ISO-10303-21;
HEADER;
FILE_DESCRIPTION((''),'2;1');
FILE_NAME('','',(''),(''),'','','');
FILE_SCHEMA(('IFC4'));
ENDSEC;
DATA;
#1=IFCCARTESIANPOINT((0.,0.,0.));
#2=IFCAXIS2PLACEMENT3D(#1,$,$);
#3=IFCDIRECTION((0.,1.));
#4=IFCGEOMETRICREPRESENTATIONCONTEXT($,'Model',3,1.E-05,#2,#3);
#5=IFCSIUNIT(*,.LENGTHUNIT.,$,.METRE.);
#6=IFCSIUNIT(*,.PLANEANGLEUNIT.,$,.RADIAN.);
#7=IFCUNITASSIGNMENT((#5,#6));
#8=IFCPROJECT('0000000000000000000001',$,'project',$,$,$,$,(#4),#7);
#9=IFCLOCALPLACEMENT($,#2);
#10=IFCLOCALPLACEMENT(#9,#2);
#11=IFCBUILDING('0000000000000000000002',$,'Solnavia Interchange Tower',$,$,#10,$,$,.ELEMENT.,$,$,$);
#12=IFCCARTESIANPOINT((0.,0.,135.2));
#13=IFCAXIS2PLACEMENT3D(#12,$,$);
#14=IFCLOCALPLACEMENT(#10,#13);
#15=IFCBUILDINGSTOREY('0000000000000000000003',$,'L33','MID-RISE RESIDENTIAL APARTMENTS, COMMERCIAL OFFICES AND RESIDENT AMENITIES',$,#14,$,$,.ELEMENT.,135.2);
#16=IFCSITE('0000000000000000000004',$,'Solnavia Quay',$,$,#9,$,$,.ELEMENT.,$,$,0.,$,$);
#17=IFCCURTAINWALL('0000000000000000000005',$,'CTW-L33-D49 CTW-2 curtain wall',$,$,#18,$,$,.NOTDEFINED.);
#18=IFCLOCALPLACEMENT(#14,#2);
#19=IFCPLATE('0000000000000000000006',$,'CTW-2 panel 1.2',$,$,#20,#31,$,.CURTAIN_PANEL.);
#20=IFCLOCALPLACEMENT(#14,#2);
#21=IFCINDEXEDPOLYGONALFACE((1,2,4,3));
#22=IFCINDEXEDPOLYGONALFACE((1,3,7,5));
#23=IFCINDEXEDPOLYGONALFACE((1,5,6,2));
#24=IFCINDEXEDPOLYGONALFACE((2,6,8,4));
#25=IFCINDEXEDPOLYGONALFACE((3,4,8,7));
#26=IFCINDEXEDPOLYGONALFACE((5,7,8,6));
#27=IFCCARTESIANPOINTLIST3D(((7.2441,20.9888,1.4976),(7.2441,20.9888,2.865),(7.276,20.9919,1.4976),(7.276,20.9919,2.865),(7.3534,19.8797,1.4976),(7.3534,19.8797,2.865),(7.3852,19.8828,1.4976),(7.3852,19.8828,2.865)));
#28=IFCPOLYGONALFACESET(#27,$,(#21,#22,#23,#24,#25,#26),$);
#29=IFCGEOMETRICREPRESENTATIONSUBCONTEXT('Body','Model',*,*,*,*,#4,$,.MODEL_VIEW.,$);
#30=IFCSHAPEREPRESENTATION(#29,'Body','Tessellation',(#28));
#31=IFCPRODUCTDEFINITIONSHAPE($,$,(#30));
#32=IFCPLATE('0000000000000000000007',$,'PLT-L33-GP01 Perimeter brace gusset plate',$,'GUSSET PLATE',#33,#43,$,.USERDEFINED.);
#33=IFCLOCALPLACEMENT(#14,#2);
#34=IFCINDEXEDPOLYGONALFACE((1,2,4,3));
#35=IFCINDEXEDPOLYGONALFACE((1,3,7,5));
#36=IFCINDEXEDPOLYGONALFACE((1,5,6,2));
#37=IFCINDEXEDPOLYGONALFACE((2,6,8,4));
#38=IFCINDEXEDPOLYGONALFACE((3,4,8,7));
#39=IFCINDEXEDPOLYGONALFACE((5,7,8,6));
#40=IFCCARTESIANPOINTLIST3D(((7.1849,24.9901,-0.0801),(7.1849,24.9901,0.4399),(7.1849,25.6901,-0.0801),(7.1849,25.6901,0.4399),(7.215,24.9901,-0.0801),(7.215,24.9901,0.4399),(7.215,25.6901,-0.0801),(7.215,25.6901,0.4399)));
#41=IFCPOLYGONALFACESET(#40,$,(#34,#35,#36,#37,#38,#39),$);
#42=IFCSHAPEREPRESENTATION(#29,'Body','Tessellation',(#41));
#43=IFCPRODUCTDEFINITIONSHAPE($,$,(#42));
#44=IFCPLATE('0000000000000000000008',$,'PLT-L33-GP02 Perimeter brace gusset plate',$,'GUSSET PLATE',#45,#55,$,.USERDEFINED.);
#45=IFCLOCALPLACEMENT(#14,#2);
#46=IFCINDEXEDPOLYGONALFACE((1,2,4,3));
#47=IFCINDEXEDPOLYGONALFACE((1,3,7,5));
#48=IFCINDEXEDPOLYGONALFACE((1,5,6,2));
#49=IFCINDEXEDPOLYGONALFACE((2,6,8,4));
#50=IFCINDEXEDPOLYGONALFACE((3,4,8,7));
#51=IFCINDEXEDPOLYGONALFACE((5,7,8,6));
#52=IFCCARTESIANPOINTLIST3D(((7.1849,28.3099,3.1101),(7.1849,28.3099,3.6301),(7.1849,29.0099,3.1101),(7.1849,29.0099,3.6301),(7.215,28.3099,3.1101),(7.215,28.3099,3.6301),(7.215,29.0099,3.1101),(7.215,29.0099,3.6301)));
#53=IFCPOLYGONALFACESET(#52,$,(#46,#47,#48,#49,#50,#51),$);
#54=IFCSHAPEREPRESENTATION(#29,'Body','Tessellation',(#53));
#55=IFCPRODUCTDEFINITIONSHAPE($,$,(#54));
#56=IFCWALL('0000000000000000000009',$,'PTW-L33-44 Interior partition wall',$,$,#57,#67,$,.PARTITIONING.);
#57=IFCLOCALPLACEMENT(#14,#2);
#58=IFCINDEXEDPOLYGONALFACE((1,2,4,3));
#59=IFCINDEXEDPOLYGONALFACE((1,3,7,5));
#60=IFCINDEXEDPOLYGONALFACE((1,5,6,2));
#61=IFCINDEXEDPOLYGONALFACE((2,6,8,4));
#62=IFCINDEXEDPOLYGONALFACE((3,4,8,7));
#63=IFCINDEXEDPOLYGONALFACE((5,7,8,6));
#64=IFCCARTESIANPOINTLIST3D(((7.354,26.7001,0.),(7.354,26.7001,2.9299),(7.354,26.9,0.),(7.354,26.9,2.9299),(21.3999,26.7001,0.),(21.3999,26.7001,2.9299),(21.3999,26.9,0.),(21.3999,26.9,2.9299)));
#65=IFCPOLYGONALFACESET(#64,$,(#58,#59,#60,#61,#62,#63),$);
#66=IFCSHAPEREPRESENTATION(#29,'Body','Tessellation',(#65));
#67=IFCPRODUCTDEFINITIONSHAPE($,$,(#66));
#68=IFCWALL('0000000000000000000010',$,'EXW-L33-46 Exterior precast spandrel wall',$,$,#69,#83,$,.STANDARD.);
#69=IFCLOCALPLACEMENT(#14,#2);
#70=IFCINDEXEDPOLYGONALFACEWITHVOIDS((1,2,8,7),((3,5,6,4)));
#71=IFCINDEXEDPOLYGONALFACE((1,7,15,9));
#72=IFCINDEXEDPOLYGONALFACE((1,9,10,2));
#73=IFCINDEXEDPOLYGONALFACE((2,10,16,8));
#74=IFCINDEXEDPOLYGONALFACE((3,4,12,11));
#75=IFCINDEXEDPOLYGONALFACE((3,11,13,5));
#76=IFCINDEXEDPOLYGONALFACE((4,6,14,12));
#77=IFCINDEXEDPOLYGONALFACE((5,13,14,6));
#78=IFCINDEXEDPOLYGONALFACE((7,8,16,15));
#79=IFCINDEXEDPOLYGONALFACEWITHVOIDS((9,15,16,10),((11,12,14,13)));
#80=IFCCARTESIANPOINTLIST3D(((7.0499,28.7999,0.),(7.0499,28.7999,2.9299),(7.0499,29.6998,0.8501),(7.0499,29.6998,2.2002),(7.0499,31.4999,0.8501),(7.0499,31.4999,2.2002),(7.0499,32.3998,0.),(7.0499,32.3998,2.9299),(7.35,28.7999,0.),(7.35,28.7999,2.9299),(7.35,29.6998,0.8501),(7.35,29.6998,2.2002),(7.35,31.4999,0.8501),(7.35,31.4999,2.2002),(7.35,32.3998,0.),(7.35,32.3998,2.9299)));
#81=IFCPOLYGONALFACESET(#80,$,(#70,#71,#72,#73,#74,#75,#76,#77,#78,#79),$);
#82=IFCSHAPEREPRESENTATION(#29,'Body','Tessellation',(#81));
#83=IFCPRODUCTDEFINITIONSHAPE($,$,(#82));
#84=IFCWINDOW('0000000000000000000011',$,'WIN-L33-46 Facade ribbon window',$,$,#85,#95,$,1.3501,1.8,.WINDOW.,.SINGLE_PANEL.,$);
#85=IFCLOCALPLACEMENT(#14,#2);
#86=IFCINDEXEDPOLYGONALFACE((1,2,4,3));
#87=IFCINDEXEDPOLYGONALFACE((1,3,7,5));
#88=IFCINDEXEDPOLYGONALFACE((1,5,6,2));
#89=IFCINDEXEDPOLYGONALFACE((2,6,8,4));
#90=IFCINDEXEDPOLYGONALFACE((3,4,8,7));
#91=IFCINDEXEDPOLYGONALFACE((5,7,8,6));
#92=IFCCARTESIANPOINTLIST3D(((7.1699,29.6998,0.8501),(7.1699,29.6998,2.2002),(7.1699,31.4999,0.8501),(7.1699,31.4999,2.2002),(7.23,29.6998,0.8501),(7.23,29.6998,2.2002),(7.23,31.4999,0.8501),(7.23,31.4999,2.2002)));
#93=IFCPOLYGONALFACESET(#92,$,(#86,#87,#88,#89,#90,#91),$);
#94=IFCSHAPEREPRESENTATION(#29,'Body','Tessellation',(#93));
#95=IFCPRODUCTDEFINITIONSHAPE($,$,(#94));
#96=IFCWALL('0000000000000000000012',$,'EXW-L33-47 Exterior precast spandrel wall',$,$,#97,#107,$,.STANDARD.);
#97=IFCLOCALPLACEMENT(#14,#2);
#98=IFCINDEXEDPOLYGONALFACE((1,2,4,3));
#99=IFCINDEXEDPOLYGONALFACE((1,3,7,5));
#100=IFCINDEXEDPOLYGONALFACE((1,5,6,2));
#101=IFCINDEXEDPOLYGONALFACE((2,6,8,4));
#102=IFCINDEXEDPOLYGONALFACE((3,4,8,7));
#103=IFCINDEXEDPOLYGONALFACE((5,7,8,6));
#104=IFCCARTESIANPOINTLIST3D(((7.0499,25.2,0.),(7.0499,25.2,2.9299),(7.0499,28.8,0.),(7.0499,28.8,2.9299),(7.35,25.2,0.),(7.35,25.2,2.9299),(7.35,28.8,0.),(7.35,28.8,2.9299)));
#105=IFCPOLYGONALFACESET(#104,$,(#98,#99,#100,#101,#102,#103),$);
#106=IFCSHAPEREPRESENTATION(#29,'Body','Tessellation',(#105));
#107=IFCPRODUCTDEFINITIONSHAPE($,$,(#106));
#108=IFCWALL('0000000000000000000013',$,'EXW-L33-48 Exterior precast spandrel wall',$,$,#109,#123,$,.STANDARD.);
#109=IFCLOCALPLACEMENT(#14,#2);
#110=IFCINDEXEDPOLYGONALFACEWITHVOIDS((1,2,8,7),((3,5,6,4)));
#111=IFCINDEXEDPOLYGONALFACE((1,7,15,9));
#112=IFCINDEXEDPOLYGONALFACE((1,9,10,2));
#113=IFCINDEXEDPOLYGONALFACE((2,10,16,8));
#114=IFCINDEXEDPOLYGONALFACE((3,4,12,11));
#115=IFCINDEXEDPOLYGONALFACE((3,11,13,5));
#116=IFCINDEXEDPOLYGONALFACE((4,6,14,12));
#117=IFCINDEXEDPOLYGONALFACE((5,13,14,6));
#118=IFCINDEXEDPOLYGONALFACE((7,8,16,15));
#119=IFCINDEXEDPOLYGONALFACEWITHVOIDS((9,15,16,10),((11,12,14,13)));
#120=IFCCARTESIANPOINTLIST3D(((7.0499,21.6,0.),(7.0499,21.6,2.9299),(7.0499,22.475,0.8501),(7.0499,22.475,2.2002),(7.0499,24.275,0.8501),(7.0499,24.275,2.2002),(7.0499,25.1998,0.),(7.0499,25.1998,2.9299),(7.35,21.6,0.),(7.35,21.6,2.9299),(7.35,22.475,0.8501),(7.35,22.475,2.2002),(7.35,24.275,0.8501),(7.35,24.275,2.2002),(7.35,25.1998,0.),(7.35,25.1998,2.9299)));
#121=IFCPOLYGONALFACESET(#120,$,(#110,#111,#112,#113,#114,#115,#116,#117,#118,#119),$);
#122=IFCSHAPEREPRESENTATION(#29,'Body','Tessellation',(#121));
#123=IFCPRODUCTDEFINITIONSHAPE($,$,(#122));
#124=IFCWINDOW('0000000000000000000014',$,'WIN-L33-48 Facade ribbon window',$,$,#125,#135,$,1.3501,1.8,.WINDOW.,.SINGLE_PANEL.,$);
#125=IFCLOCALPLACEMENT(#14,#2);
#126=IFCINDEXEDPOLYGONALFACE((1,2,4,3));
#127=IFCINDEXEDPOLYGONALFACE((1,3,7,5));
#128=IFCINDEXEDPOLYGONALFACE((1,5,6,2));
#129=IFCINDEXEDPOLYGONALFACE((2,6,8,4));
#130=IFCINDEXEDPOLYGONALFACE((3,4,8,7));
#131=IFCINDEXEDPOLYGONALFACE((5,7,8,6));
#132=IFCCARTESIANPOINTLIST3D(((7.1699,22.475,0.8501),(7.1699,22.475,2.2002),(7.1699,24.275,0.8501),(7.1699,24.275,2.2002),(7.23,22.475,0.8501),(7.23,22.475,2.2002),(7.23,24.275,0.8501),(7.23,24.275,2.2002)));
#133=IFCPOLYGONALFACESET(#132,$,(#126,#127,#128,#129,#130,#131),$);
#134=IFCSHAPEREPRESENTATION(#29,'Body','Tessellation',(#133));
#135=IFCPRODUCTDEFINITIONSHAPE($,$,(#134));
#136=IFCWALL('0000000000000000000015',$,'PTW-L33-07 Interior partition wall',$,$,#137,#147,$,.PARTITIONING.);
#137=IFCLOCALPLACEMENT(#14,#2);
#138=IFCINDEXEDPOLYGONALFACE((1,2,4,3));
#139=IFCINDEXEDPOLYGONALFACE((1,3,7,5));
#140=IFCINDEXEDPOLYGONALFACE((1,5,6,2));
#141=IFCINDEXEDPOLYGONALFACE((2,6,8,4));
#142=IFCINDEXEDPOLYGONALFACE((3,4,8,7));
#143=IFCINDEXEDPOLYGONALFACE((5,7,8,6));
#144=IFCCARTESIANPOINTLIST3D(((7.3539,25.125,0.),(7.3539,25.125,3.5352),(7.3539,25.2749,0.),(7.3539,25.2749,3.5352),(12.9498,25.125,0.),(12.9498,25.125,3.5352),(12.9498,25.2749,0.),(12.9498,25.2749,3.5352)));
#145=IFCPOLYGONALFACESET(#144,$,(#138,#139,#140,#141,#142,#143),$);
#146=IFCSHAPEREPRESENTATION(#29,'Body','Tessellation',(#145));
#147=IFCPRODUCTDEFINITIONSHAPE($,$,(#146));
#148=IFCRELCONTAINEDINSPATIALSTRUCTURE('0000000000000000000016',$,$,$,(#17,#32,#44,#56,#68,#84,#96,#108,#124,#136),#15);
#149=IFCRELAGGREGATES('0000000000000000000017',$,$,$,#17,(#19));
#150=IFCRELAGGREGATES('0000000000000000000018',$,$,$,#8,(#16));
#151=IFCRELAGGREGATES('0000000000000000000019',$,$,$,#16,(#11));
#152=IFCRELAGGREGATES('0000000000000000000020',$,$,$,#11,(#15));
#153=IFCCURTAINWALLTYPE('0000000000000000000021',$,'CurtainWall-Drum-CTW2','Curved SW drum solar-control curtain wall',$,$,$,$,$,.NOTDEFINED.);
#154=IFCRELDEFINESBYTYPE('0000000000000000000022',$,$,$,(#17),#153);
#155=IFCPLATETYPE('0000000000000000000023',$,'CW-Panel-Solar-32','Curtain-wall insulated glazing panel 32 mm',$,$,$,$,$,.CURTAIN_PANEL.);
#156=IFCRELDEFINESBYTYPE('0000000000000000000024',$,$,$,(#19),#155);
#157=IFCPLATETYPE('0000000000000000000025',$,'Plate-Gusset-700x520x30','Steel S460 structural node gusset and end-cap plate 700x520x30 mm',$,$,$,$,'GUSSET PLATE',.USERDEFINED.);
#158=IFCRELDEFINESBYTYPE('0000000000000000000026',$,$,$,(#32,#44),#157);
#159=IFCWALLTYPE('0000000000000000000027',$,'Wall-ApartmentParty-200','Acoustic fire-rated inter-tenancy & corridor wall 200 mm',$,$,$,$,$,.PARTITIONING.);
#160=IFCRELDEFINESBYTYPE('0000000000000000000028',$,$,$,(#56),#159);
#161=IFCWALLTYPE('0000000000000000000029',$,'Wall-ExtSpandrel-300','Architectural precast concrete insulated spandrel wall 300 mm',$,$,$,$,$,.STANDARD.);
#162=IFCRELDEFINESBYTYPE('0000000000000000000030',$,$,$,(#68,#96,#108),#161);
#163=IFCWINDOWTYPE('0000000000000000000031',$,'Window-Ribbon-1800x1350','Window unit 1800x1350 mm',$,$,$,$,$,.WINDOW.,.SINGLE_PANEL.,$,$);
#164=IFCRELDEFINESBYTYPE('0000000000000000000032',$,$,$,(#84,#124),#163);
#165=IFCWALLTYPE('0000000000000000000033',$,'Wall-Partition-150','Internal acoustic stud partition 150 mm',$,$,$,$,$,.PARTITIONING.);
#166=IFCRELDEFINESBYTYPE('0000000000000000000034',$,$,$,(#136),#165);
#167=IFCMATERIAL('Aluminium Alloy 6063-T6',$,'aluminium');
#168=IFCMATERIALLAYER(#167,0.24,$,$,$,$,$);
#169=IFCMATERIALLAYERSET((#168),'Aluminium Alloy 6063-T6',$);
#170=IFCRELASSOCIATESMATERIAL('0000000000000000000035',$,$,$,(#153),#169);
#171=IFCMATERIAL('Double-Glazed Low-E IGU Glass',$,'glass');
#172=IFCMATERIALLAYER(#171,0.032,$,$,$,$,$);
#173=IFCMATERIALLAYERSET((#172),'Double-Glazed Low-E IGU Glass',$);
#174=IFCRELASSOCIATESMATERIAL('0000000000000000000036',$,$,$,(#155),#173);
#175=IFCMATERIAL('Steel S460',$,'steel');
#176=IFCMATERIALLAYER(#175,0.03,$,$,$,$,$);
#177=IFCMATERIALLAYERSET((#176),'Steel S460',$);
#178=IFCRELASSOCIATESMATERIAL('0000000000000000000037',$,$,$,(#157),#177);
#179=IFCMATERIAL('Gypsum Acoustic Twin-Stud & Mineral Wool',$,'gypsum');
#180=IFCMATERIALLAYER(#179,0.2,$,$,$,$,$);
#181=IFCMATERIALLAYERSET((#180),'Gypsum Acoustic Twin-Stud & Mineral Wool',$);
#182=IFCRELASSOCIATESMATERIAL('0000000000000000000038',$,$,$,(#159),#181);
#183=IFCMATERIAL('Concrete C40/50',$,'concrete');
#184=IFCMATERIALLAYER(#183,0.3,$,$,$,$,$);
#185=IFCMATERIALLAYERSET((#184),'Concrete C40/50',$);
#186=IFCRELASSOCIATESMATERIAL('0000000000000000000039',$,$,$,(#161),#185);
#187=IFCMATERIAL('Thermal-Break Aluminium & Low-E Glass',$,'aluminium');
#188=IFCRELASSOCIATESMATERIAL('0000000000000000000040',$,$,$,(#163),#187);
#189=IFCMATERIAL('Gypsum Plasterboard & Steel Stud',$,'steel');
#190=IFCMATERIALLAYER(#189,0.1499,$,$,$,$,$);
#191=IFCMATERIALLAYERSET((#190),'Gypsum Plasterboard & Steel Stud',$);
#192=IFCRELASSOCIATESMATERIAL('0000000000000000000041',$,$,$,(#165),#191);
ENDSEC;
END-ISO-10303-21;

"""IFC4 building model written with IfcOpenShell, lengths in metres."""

from ifc_helpers import new_model, si_unit, direction, frame, frame_2d, origin, origin_2d, place, context, subcontext, project, spatial, rectangle, extrude, material, layer, layer_set, type_object, element, fill, aggregate, save


model = new_model("IFC4")

# Units and contexts
model_context = context("Model", 3, precision=1e-05, world=origin(), true_north=direction((0.0, 1.0)))
body_context = subcontext(model_context, "Body", "Model", "MODEL_VIEW")
ifc_project = project(units=[si_unit("LENGTHUNIT", "METRE"), si_unit("PLANEANGLEUNIT", "RADIAN")], contexts=[model_context])

# Site, building, storey
site_placement = place(None, origin())
site = spatial("IfcSite", under=ifc_project, at=site_placement, Name="Solnavia Quay", CompositionType="ELEMENT", RefElevation=0.0)
building_placement = place(site_placement, origin())
building = spatial("IfcBuilding", under=site, at=building_placement, Name="Solnavia Interchange Tower", CompositionType="ELEMENT")
storey_placement = place(building_placement, frame((0.0, 0.0, 135.2)))
storey = spatial("IfcBuildingStorey", under=building, at=storey_placement, Name="L33", Description="MID-RISE RESIDENTIAL APARTMENTS, COMMERCIAL OFFICES AND RESIDENT AMENITIES", CompositionType="ELEMENT", Elevation=135.2)

# Shared definitions
ifc_material_1 = material(Name="Steel S460", Category="steel")

# Curtain wall, plate
ifc_material_2 = material(Name="Aluminium Alloy 6063-T6", Category="aluminium")
ifc_layer_1 = layer(ifc_material_2, 0.24)
ifc_layer_set_1 = layer_set([ifc_layer_1], Name="Aluminium Alloy 6063-T6")
curtain_wall_type = type_object("IfcCurtainWallType", Name="CurtainWall-Drum-CTW2", Description="Curved SW drum solar-control curtain wall", PredefinedType="NOTDEFINED", material=ifc_layer_set_1)
curtain_wall_placement = place(storey_placement, origin())
curtain_wall = element("IfcCurtainWall", 1, at=curtain_wall_placement, inside=storey, type_object=curtain_wall_type, Name="CTW-L33-D49 CTW-2 curtain wall", PredefinedType="NOTDEFINED")
ifc_material_3 = material(Name="Double-Glazed Low-E IGU Glass", Category="glass")
ifc_layer_2 = layer(ifc_material_3, 0.032)
ifc_layer_set_2 = layer_set([ifc_layer_2], Name="Double-Glazed Low-E IGU Glass")
plate_type_1 = type_object("IfcPlateType", Name="CW-Panel-Solar-32", Description="Curtain-wall insulated glazing panel 32 mm", PredefinedType="CURTAIN_PANEL", material=ifc_layer_set_2)
plate_1_placement = place(storey_placement, frame((7.3147, 20.4358, 1.4976), z_axis=(0.0, 0.0, 1.0), x_axis=(0.098043, -0.995182, 0.0)))
plate_1 = element("IfcPlate", 2, at=plate_1_placement, type_object=plate_type_1, Name="CTW-2 panel 1.2", PredefinedType="CURTAIN_PANEL", context=body_context, shape_type="SweptSolid", body=[
    extrude(rectangle(XDim=1.1145, YDim=0.032, at=origin_2d()), origin(), (0.0, 0.0, 1.0), 1.3674),
])
aggregate(curtain_wall, [plate_1])

# Plates
ifc_layer_3 = layer(ifc_material_1, 0.03)
ifc_layer_set_3 = layer_set([ifc_layer_3], Name="Steel S460")
plate_type_2 = type_object("IfcPlateType", Name="Plate-Gusset-700x520x30", Description="Steel S460 structural node gusset and end-cap plate 700x520x30 mm", ElementType="GUSSET PLATE", PredefinedType="USERDEFINED", material=ifc_layer_set_3)
for number, where, z_axis, x_axis, name in (
    (3, (7.2, 25.3401, -0.0801), (0.0, 0.0, 1.0), (0.0, 1.0, 0.0), "PLT-L33-GP01 Perimeter brace gusset plate"),
    (4, (7.2, 28.6599, 3.1101), (0.0, 0.0, 1.0), (0.0, 1.0, 0.0), "PLT-L33-GP02 Perimeter brace gusset plate"),
):
    element("IfcPlate", number, at=place(storey_placement, frame(where, z_axis=z_axis, x_axis=x_axis)), inside=storey, type_object=plate_type_2, Name=name, ObjectType="GUSSET PLATE", PredefinedType="USERDEFINED", context=body_context, shape_type="SweptSolid", body=[
        extrude(rectangle(XDim=0.7, YDim=0.03, at=origin_2d()), origin(), (0.0, 0.0, 1.0), 0.52),
    ])

# Wall
ifc_material_4 = material(Name="Gypsum Acoustic Twin-Stud & Mineral Wool", Category="gypsum")
ifc_layer_4 = layer(ifc_material_4, 0.2)
ifc_layer_set_4 = layer_set([ifc_layer_4], Name="Gypsum Acoustic Twin-Stud & Mineral Wool")
wall_type_1 = type_object("IfcWallType", Name="Wall-ApartmentParty-200", Description="Acoustic fire-rated inter-tenancy & corridor wall 200 mm", PredefinedType="PARTITIONING", material=ifc_layer_set_4)
wall_1_placement = place(storey_placement, frame((7.354, 26.8, 0.0), z_axis=(0.0, 0.0, 1.0), x_axis=(1.0, 0.0, 0.0)))
element("IfcWall", 5, at=wall_1_placement, inside=storey, type_object=wall_type_1, Name="PTW-L33-44 Interior partition wall", PredefinedType="PARTITIONING", context=body_context, shape_type="SweptSolid", body=[
    extrude(rectangle(XDim=14.0459, YDim=0.2, at=frame_2d((7.0229, 0.0))), origin(), (0.0, 0.0, 1.0), 2.9299),
])

# Wall, opening, window
ifc_material_5 = material(Name="Concrete C40/50", Category="concrete")
ifc_layer_5 = layer(ifc_material_5, 0.3)
ifc_layer_set_5 = layer_set([ifc_layer_5], Name="Concrete C40/50")
wall_type_2 = type_object("IfcWallType", Name="Wall-ExtSpandrel-300", Description="Architectural precast concrete insulated spandrel wall 300 mm", PredefinedType="STANDARD", material=ifc_layer_set_5)
wall_2_placement = place(storey_placement, frame((7.2, 28.8, 0.0), z_axis=(0.0, 0.0, 1.0), x_axis=(0.0, 1.0, 0.0)))
wall_2 = element("IfcWall", 6, at=wall_2_placement, inside=storey, type_object=wall_type_2, Name="EXW-L33-46 Exterior precast spandrel wall", PredefinedType="STANDARD", context=body_context, shape_type="SweptSolid", body=[
    extrude(rectangle(XDim=3.5999, YDim=0.3, at=frame_2d((1.7998, 0.0))), origin(), (0.0, 0.0, 1.0), 2.9299),
])
opening_1_placement = place(wall_2_placement, frame((0.8999, 0.0, 0.8501)))
opening_1 = element("IfcOpeningElement", 7, at=opening_1_placement, cuts=wall_2, PredefinedType="OPENING", context=body_context, shape_type="SweptSolid", body=[
    extrude(rectangle(XDim=1.8, YDim=1.3501, at=frame_2d((0.8999, 0.675))), frame((0.0, 0.1602, 0.0), z_axis=(0.0, -1.0, 0.0), x_axis=(1.0, 0.0, 0.0)), (0.0, 0.0, 1.0), 0.3201),
])
ifc_material_6 = material(Name="Thermal-Break Aluminium & Low-E Glass", Category="aluminium")
window_type = type_object("IfcWindowType", Name="Window-Ribbon-1800x1350", Description="Window unit 1800x1350 mm", PartitioningType="SINGLE_PANEL", PredefinedType="WINDOW", material=ifc_material_6)
window_1_placement = place(opening_1_placement, origin())
window_1 = element("IfcWindow", 8, at=window_1_placement, inside=storey, type_object=window_type, Name="WIN-L33-46 Facade ribbon window", OverallHeight=1.3501, OverallWidth=1.8, PartitioningType="SINGLE_PANEL", PredefinedType="WINDOW", context=body_context, shape_type="SweptSolid", body=[
    extrude(rectangle(XDim=1.8, YDim=1.3501, at=frame_2d((0.8999, 0.675))), frame((0.0, 0.03, 0.0), z_axis=(0.0, -1.0, 0.0), x_axis=(1.0, 0.0, 0.0)), (0.0, 0.0, 1.0), 0.0601),
])
fill(opening_1, window_1)

# Wall
wall_3_placement = place(storey_placement, frame((7.2, 25.2, 0.0), z_axis=(0.0, 0.0, 1.0), x_axis=(0.0, 1.0, 0.0)))
element("IfcWall", 9, at=wall_3_placement, inside=storey, type_object=wall_type_2, Name="EXW-L33-47 Exterior precast spandrel wall", PredefinedType="STANDARD", context=body_context, shape_type="SweptSolid", body=[
    extrude(rectangle(XDim=3.6001, YDim=0.3, at=frame_2d((1.8, 0.0))), origin(), (0.0, 0.0, 1.0), 2.9299),
])

# Wall, opening, window
wall_4_placement = place(storey_placement, frame((7.2, 21.6001, 0.0), z_axis=(0.0, 0.0, 1.0), x_axis=(0.0, 1.0, 0.0)))
wall_4 = element("IfcWall", 10, at=wall_4_placement, inside=storey, type_object=wall_type_2, Name="EXW-L33-48 Exterior precast spandrel wall", PredefinedType="STANDARD", context=body_context, shape_type="SweptSolid", body=[
    extrude(rectangle(XDim=3.5999, YDim=0.3, at=frame_2d((1.7998, 0.0))), origin(), (0.0, 0.0, 1.0), 2.9299),
])
opening_2_placement = place(wall_4_placement, frame((0.875, 0.0, 0.8501)))
opening_2 = element("IfcOpeningElement", 11, at=opening_2_placement, cuts=wall_4, PredefinedType="OPENING", context=body_context, shape_type="SweptSolid", body=[
    extrude(rectangle(XDim=1.8, YDim=1.3501, at=frame_2d((0.8999, 0.675))), frame((0.0, 0.1602, 0.0), z_axis=(0.0, -1.0, 0.0), x_axis=(1.0, 0.0, 0.0)), (0.0, 0.0, 1.0), 0.3201),
])
window_2_placement = place(opening_2_placement, origin())
window_2 = element("IfcWindow", 12, at=window_2_placement, inside=storey, type_object=window_type, Name="WIN-L33-48 Facade ribbon window", OverallHeight=1.3501, OverallWidth=1.8, PartitioningType="SINGLE_PANEL", PredefinedType="WINDOW", context=body_context, shape_type="SweptSolid", body=[
    extrude(rectangle(XDim=1.8, YDim=1.3501, at=frame_2d((0.8999, 0.675))), frame((0.0, 0.03, 0.0), z_axis=(0.0, -1.0, 0.0), x_axis=(1.0, 0.0, 0.0)), (0.0, 0.0, 1.0), 0.0601),
])
fill(opening_2, window_2)

# Wall
ifc_material_7 = material(Name="Gypsum Plasterboard & Steel Stud", Category="steel")
ifc_layer_6 = layer(ifc_material_7, 0.1499)
ifc_layer_set_6 = layer_set([ifc_layer_6], Name="Gypsum Plasterboard & Steel Stud")
wall_type_3 = type_object("IfcWallType", Name="Wall-Partition-150", Description="Internal acoustic stud partition 150 mm", PredefinedType="PARTITIONING", material=ifc_layer_set_6)
wall_5_placement = place(storey_placement, frame((7.354, 25.2, 0.0), z_axis=(0.0, 0.0, 1.0), x_axis=(1.0, 0.0, 0.0)))
element("IfcWall", 13, at=wall_5_placement, inside=storey, type_object=wall_type_3, Name="PTW-L33-07 Interior partition wall", PredefinedType="PARTITIONING", context=body_context, shape_type="SweptSolid", body=[
    extrude(rectangle(XDim=5.5959, YDim=0.1499, at=frame_2d((2.7979, 0.0))), origin(), (0.0, 0.0, 1.0), 3.5352),
])

save(model, "model.ifc")
